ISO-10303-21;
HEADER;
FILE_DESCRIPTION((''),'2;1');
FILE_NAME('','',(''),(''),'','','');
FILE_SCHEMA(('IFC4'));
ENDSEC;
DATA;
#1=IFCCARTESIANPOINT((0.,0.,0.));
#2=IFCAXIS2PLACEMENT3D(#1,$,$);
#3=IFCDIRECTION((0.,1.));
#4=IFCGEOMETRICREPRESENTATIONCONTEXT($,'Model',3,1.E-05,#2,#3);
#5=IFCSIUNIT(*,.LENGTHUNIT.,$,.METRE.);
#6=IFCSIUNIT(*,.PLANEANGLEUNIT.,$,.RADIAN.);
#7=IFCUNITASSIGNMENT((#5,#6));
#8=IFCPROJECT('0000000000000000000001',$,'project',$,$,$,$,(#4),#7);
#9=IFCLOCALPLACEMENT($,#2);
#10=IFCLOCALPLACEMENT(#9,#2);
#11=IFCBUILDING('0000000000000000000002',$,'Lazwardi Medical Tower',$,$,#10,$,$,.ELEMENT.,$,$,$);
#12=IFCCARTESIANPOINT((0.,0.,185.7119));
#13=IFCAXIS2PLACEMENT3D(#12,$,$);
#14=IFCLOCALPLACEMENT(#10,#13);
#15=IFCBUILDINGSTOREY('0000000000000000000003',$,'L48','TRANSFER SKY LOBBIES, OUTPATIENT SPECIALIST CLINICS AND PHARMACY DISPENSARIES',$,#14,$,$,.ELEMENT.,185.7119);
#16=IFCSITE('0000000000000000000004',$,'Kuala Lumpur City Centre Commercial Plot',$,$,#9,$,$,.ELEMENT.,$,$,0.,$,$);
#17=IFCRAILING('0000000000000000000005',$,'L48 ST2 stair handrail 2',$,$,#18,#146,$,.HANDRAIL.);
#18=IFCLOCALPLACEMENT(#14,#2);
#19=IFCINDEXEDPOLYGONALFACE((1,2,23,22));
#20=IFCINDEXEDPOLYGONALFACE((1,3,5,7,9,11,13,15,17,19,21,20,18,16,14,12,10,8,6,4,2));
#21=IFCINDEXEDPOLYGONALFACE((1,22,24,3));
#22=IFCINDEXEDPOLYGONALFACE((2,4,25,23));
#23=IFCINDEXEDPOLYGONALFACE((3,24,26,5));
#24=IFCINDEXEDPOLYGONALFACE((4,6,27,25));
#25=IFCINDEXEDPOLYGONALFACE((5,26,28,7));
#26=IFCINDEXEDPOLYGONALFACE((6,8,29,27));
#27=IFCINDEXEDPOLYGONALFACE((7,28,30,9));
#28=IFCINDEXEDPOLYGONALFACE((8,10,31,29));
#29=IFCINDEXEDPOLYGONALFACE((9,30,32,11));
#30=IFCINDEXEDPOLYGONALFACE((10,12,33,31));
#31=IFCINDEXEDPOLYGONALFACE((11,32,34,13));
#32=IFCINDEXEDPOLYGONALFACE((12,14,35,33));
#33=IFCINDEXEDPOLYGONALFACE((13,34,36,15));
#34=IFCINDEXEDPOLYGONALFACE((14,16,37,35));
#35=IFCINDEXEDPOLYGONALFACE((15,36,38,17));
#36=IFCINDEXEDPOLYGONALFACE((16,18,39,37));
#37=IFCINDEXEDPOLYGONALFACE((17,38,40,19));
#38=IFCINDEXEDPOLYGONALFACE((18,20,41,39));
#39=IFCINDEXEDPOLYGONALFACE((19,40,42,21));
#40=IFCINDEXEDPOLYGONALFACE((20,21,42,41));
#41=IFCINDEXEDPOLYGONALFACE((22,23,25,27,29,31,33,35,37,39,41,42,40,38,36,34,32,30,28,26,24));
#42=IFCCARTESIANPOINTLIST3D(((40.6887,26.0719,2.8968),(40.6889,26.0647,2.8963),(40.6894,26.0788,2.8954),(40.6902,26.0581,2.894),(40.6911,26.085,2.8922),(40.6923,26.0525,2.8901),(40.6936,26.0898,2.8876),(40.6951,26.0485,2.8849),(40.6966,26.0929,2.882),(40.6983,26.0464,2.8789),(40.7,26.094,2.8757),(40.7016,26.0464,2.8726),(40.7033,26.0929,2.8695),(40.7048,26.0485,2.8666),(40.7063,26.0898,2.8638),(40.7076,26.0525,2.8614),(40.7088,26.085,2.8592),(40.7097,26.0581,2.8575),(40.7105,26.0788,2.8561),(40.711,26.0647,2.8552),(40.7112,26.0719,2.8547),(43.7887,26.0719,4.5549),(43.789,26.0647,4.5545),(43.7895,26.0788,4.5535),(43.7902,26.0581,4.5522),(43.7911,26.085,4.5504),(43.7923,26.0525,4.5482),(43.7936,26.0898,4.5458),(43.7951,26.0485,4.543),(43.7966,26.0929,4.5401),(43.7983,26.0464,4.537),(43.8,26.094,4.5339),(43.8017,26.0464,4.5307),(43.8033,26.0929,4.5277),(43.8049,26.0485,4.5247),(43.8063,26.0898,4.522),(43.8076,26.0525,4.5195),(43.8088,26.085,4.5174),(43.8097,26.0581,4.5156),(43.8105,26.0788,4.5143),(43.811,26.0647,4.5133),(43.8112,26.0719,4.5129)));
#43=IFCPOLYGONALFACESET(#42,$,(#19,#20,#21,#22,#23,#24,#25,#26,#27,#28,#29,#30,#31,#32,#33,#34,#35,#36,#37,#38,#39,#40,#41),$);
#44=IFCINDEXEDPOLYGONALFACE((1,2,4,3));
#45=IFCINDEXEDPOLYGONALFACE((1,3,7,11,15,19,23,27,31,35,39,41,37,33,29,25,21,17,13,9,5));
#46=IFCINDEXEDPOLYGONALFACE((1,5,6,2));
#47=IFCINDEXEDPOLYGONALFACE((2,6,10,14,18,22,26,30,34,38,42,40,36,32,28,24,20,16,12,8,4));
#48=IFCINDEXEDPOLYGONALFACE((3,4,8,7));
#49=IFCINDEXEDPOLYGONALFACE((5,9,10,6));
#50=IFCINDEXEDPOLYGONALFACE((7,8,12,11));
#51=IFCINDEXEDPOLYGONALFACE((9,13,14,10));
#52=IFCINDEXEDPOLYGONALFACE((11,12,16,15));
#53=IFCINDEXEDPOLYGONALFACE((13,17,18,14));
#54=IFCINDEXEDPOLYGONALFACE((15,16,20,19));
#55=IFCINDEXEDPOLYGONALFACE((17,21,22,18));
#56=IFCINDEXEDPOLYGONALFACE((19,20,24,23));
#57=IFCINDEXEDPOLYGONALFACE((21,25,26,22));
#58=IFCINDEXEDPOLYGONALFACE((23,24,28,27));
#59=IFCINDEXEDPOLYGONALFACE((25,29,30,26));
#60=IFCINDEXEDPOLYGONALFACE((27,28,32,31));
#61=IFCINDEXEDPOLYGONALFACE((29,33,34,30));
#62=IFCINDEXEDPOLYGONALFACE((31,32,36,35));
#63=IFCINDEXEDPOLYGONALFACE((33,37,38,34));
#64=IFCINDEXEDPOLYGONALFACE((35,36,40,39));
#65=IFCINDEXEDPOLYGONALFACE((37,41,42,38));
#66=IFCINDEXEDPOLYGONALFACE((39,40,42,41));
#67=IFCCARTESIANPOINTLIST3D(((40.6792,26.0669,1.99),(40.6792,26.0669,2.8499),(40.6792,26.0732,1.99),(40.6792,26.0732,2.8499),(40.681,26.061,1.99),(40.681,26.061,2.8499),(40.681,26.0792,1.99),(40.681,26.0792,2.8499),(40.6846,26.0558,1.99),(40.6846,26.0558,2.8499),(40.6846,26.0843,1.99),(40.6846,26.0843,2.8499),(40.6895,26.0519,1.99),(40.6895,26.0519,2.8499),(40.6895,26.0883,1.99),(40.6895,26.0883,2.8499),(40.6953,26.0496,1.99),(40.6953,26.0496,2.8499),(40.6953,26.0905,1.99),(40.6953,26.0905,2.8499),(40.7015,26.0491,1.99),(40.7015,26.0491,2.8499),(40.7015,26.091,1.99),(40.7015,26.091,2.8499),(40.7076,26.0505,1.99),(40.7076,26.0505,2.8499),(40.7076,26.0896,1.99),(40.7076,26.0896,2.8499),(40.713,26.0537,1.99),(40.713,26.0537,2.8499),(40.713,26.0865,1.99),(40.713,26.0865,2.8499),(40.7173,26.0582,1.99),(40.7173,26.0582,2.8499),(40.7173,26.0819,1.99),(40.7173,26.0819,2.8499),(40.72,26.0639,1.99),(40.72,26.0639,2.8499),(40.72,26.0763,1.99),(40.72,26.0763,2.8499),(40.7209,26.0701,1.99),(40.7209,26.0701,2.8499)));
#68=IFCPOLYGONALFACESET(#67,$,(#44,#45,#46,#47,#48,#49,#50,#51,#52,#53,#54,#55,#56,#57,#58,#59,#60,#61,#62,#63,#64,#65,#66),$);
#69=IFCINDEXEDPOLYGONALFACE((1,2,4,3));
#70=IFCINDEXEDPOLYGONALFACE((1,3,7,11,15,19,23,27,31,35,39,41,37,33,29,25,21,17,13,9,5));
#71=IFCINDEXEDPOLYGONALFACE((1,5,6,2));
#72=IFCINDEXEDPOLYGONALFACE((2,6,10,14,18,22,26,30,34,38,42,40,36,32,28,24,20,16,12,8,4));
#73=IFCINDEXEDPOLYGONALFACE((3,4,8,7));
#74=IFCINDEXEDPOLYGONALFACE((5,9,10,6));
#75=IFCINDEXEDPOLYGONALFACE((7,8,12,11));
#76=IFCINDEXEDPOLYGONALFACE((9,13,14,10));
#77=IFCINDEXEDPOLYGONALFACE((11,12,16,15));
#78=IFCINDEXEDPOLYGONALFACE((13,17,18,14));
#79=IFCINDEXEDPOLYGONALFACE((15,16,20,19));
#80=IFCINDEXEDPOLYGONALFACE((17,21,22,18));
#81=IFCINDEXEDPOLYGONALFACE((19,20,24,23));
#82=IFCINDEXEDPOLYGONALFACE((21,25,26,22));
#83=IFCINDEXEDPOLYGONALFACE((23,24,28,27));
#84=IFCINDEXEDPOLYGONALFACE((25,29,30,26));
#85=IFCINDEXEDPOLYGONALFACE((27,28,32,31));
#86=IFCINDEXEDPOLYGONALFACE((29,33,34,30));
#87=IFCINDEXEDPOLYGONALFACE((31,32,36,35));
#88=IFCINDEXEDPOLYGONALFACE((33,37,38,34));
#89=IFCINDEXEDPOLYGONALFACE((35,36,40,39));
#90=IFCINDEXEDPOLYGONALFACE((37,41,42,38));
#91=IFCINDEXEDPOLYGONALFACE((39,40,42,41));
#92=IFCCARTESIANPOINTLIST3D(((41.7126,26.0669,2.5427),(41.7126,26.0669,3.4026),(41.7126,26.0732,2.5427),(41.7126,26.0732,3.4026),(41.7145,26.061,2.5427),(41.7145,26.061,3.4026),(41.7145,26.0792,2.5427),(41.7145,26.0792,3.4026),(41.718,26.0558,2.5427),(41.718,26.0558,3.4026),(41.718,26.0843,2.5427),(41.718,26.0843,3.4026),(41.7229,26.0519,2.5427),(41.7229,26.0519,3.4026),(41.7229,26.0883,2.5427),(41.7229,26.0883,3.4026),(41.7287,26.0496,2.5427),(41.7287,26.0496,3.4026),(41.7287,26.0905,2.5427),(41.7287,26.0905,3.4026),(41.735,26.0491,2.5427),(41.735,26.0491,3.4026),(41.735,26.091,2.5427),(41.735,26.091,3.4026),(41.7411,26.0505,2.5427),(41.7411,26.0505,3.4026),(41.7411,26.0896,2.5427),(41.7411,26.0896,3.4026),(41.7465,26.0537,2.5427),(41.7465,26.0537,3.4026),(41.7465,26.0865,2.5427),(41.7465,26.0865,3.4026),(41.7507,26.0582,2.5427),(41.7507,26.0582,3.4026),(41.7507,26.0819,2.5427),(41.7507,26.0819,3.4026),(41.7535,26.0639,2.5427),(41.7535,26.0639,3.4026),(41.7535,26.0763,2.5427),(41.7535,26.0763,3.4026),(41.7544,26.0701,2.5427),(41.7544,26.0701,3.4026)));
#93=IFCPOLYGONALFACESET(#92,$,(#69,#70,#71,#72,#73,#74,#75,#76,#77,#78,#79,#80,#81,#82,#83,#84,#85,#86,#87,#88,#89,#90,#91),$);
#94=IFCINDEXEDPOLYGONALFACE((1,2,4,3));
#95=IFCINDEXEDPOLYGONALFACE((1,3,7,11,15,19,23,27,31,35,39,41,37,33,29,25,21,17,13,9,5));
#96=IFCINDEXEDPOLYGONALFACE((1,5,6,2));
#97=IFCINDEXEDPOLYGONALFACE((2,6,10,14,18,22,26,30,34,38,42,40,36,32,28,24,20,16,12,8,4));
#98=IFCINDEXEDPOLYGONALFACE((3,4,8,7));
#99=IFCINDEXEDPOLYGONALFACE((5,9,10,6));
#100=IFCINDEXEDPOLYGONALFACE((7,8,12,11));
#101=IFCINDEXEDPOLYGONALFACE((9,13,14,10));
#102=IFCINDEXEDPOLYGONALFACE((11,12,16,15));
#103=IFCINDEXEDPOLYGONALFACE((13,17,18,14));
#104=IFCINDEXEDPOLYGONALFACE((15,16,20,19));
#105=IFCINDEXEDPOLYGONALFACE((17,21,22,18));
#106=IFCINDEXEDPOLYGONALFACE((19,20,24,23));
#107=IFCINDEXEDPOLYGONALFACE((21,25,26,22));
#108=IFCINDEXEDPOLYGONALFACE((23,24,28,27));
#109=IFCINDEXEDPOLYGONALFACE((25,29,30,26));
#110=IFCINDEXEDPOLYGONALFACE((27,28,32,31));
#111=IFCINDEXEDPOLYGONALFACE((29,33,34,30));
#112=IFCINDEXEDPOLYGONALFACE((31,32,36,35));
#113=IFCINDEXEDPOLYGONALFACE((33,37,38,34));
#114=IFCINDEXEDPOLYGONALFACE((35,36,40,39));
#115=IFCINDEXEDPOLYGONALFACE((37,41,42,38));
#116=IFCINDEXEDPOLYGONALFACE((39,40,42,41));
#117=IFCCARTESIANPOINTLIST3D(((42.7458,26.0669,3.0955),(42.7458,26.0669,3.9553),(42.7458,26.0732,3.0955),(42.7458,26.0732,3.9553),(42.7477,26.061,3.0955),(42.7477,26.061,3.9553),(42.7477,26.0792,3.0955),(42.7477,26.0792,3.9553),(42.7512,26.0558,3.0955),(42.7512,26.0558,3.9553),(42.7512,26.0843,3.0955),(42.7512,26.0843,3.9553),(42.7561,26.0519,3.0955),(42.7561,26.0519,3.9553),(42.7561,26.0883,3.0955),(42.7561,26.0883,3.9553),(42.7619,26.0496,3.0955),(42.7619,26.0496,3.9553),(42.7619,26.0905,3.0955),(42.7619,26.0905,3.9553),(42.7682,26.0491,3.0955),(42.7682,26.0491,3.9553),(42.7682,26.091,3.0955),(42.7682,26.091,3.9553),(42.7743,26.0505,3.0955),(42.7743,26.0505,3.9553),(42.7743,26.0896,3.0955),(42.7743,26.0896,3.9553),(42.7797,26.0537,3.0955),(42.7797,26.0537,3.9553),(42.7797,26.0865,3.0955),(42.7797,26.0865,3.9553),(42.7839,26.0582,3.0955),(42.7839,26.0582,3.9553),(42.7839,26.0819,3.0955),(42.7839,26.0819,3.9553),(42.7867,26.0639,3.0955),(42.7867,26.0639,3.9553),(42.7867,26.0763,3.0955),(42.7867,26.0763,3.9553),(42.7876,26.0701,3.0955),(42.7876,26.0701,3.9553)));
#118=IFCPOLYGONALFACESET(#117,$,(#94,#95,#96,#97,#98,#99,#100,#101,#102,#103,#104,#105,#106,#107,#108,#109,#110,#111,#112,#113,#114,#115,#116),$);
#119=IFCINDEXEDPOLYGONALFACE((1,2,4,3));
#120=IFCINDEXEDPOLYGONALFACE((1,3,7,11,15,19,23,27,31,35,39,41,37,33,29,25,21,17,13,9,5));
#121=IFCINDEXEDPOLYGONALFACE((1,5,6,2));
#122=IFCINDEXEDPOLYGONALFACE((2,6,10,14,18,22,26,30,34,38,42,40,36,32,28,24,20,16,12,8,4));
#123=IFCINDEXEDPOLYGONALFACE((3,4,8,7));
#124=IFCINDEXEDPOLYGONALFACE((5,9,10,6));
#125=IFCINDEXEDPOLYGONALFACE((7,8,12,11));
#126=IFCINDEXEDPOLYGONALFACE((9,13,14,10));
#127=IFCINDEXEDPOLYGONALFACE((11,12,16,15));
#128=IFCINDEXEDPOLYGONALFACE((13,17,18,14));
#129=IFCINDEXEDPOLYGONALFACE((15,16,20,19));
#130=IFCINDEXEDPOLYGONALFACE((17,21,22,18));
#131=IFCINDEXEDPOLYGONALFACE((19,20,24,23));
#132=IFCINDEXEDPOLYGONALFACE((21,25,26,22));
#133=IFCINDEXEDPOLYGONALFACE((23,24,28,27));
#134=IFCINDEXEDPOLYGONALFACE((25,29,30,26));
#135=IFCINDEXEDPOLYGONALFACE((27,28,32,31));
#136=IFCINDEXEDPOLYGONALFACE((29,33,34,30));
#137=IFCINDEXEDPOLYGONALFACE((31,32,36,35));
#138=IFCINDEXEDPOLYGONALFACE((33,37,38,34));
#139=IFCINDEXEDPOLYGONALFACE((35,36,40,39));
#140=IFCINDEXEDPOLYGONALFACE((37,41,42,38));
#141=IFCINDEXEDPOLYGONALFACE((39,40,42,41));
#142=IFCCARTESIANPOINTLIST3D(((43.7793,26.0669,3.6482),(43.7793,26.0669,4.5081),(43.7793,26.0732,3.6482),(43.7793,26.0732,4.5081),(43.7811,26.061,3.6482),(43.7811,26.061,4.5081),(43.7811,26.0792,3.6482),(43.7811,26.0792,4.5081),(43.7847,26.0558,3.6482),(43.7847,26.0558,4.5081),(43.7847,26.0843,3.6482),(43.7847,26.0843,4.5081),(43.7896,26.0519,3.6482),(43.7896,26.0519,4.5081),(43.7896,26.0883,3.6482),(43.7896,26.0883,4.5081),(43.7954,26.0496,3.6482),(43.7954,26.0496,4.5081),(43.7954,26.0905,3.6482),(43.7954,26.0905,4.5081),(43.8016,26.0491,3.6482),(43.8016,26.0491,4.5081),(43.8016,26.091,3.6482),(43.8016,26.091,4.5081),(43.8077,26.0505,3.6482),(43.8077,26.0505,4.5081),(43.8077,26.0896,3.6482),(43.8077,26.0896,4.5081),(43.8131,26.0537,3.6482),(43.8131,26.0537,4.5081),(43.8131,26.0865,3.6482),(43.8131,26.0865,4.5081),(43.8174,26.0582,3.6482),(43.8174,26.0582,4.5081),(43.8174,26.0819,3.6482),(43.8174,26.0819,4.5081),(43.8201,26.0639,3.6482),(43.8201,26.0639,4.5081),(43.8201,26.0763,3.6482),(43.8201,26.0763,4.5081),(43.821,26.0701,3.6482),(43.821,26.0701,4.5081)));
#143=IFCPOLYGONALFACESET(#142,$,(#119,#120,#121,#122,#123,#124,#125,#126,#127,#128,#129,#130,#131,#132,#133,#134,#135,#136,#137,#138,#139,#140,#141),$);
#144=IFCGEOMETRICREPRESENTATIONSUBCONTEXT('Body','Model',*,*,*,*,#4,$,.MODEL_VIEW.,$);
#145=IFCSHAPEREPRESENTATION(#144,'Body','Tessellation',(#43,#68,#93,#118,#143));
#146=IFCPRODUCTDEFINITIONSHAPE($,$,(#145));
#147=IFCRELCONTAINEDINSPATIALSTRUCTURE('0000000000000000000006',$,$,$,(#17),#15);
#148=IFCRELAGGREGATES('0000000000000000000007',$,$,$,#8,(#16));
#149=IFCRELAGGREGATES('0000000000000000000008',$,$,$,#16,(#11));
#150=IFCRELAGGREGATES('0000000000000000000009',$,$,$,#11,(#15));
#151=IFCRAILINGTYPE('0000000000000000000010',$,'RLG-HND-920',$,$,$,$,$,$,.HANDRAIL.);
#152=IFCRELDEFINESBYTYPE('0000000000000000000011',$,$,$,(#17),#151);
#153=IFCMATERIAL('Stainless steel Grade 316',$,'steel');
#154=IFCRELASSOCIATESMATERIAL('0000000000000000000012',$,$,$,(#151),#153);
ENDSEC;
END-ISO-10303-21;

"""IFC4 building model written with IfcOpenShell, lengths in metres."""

from ifc_helpers import new_model, si_unit, direction, frame, origin, origin_2d, place, context, subcontext, project, spatial, circle, extrude, material, type_object, element, save


model = new_model("IFC4")

# Units and contexts
model_context = context("Model", 3, precision=1e-05, world=origin(), true_north=direction((0.0, 1.0)))
body_context = subcontext(model_context, "Body", "Model", "MODEL_VIEW")
ifc_project = project(units=[si_unit("LENGTHUNIT", "METRE"), si_unit("PLANEANGLEUNIT", "RADIAN")], contexts=[model_context])

# Site, building, storey
site_placement = place(None, origin())
site = spatial("IfcSite", under=ifc_project, at=site_placement, Name="Kuala Lumpur City Centre Commercial Plot", CompositionType="ELEMENT", RefElevation=0.0)
building_placement = place(site_placement, origin())
building = spatial("IfcBuilding", under=site, at=building_placement, Name="Lazwardi Medical Tower", CompositionType="ELEMENT")
storey_placement = place(building_placement, frame((0.0, 0.0, 185.7119)))
storey = spatial("IfcBuildingStorey", under=building, at=storey_placement, Name="L48", Description="TRANSFER SKY LOBBIES, OUTPATIENT SPECIALIST CLINICS AND PHARMACY DISPENSARIES", CompositionType="ELEMENT", Elevation=185.7119)

# Railing
ifc_material_1 = material(Name="Stainless steel Grade 316", Category="steel")
railing_type_1 = type_object("IfcRailingType", Name="RLG-HND-920", PredefinedType="HANDRAIL", material=ifc_material_1)
railing_1_placement = place(storey_placement, frame((40.7, 26.0701, 1.99)))
element("IfcRailing", 1, at=railing_1_placement, inside=storey, type_object=railing_type_1, Name="L48 ST2 stair handrail 2", PredefinedType="HANDRAIL", context=body_context, shape_type="SweptSolid", body=[
    extrude(circle(Radius=0.0239, at=origin_2d()), frame((0.0, 0.0, 0.8857), z_axis=(0.881783, 0.0, 0.471655), x_axis=(0.0, 1.0, 0.0)), (0.0, 0.0, 1.0), 3.5156),
    extrude(circle(Radius=0.021, at=origin_2d()), origin(), (0.0, 0.0, 1.0), 0.8599),
    extrude(circle(Radius=0.021, at=origin_2d()), frame((1.0334, 0.0, 0.5527)), (0.0, 0.0, 1.0), 0.8599),
    extrude(circle(Radius=0.021, at=origin_2d()), frame((2.0667, 0.0, 1.1055)), (0.0, 0.0, 1.0), 0.8599),
    extrude(circle(Radius=0.021, at=origin_2d()), frame((3.1001, 0.0, 1.6582)), (0.0, 0.0, 1.0), 0.8599),
])

save(model, "model.ifc")
